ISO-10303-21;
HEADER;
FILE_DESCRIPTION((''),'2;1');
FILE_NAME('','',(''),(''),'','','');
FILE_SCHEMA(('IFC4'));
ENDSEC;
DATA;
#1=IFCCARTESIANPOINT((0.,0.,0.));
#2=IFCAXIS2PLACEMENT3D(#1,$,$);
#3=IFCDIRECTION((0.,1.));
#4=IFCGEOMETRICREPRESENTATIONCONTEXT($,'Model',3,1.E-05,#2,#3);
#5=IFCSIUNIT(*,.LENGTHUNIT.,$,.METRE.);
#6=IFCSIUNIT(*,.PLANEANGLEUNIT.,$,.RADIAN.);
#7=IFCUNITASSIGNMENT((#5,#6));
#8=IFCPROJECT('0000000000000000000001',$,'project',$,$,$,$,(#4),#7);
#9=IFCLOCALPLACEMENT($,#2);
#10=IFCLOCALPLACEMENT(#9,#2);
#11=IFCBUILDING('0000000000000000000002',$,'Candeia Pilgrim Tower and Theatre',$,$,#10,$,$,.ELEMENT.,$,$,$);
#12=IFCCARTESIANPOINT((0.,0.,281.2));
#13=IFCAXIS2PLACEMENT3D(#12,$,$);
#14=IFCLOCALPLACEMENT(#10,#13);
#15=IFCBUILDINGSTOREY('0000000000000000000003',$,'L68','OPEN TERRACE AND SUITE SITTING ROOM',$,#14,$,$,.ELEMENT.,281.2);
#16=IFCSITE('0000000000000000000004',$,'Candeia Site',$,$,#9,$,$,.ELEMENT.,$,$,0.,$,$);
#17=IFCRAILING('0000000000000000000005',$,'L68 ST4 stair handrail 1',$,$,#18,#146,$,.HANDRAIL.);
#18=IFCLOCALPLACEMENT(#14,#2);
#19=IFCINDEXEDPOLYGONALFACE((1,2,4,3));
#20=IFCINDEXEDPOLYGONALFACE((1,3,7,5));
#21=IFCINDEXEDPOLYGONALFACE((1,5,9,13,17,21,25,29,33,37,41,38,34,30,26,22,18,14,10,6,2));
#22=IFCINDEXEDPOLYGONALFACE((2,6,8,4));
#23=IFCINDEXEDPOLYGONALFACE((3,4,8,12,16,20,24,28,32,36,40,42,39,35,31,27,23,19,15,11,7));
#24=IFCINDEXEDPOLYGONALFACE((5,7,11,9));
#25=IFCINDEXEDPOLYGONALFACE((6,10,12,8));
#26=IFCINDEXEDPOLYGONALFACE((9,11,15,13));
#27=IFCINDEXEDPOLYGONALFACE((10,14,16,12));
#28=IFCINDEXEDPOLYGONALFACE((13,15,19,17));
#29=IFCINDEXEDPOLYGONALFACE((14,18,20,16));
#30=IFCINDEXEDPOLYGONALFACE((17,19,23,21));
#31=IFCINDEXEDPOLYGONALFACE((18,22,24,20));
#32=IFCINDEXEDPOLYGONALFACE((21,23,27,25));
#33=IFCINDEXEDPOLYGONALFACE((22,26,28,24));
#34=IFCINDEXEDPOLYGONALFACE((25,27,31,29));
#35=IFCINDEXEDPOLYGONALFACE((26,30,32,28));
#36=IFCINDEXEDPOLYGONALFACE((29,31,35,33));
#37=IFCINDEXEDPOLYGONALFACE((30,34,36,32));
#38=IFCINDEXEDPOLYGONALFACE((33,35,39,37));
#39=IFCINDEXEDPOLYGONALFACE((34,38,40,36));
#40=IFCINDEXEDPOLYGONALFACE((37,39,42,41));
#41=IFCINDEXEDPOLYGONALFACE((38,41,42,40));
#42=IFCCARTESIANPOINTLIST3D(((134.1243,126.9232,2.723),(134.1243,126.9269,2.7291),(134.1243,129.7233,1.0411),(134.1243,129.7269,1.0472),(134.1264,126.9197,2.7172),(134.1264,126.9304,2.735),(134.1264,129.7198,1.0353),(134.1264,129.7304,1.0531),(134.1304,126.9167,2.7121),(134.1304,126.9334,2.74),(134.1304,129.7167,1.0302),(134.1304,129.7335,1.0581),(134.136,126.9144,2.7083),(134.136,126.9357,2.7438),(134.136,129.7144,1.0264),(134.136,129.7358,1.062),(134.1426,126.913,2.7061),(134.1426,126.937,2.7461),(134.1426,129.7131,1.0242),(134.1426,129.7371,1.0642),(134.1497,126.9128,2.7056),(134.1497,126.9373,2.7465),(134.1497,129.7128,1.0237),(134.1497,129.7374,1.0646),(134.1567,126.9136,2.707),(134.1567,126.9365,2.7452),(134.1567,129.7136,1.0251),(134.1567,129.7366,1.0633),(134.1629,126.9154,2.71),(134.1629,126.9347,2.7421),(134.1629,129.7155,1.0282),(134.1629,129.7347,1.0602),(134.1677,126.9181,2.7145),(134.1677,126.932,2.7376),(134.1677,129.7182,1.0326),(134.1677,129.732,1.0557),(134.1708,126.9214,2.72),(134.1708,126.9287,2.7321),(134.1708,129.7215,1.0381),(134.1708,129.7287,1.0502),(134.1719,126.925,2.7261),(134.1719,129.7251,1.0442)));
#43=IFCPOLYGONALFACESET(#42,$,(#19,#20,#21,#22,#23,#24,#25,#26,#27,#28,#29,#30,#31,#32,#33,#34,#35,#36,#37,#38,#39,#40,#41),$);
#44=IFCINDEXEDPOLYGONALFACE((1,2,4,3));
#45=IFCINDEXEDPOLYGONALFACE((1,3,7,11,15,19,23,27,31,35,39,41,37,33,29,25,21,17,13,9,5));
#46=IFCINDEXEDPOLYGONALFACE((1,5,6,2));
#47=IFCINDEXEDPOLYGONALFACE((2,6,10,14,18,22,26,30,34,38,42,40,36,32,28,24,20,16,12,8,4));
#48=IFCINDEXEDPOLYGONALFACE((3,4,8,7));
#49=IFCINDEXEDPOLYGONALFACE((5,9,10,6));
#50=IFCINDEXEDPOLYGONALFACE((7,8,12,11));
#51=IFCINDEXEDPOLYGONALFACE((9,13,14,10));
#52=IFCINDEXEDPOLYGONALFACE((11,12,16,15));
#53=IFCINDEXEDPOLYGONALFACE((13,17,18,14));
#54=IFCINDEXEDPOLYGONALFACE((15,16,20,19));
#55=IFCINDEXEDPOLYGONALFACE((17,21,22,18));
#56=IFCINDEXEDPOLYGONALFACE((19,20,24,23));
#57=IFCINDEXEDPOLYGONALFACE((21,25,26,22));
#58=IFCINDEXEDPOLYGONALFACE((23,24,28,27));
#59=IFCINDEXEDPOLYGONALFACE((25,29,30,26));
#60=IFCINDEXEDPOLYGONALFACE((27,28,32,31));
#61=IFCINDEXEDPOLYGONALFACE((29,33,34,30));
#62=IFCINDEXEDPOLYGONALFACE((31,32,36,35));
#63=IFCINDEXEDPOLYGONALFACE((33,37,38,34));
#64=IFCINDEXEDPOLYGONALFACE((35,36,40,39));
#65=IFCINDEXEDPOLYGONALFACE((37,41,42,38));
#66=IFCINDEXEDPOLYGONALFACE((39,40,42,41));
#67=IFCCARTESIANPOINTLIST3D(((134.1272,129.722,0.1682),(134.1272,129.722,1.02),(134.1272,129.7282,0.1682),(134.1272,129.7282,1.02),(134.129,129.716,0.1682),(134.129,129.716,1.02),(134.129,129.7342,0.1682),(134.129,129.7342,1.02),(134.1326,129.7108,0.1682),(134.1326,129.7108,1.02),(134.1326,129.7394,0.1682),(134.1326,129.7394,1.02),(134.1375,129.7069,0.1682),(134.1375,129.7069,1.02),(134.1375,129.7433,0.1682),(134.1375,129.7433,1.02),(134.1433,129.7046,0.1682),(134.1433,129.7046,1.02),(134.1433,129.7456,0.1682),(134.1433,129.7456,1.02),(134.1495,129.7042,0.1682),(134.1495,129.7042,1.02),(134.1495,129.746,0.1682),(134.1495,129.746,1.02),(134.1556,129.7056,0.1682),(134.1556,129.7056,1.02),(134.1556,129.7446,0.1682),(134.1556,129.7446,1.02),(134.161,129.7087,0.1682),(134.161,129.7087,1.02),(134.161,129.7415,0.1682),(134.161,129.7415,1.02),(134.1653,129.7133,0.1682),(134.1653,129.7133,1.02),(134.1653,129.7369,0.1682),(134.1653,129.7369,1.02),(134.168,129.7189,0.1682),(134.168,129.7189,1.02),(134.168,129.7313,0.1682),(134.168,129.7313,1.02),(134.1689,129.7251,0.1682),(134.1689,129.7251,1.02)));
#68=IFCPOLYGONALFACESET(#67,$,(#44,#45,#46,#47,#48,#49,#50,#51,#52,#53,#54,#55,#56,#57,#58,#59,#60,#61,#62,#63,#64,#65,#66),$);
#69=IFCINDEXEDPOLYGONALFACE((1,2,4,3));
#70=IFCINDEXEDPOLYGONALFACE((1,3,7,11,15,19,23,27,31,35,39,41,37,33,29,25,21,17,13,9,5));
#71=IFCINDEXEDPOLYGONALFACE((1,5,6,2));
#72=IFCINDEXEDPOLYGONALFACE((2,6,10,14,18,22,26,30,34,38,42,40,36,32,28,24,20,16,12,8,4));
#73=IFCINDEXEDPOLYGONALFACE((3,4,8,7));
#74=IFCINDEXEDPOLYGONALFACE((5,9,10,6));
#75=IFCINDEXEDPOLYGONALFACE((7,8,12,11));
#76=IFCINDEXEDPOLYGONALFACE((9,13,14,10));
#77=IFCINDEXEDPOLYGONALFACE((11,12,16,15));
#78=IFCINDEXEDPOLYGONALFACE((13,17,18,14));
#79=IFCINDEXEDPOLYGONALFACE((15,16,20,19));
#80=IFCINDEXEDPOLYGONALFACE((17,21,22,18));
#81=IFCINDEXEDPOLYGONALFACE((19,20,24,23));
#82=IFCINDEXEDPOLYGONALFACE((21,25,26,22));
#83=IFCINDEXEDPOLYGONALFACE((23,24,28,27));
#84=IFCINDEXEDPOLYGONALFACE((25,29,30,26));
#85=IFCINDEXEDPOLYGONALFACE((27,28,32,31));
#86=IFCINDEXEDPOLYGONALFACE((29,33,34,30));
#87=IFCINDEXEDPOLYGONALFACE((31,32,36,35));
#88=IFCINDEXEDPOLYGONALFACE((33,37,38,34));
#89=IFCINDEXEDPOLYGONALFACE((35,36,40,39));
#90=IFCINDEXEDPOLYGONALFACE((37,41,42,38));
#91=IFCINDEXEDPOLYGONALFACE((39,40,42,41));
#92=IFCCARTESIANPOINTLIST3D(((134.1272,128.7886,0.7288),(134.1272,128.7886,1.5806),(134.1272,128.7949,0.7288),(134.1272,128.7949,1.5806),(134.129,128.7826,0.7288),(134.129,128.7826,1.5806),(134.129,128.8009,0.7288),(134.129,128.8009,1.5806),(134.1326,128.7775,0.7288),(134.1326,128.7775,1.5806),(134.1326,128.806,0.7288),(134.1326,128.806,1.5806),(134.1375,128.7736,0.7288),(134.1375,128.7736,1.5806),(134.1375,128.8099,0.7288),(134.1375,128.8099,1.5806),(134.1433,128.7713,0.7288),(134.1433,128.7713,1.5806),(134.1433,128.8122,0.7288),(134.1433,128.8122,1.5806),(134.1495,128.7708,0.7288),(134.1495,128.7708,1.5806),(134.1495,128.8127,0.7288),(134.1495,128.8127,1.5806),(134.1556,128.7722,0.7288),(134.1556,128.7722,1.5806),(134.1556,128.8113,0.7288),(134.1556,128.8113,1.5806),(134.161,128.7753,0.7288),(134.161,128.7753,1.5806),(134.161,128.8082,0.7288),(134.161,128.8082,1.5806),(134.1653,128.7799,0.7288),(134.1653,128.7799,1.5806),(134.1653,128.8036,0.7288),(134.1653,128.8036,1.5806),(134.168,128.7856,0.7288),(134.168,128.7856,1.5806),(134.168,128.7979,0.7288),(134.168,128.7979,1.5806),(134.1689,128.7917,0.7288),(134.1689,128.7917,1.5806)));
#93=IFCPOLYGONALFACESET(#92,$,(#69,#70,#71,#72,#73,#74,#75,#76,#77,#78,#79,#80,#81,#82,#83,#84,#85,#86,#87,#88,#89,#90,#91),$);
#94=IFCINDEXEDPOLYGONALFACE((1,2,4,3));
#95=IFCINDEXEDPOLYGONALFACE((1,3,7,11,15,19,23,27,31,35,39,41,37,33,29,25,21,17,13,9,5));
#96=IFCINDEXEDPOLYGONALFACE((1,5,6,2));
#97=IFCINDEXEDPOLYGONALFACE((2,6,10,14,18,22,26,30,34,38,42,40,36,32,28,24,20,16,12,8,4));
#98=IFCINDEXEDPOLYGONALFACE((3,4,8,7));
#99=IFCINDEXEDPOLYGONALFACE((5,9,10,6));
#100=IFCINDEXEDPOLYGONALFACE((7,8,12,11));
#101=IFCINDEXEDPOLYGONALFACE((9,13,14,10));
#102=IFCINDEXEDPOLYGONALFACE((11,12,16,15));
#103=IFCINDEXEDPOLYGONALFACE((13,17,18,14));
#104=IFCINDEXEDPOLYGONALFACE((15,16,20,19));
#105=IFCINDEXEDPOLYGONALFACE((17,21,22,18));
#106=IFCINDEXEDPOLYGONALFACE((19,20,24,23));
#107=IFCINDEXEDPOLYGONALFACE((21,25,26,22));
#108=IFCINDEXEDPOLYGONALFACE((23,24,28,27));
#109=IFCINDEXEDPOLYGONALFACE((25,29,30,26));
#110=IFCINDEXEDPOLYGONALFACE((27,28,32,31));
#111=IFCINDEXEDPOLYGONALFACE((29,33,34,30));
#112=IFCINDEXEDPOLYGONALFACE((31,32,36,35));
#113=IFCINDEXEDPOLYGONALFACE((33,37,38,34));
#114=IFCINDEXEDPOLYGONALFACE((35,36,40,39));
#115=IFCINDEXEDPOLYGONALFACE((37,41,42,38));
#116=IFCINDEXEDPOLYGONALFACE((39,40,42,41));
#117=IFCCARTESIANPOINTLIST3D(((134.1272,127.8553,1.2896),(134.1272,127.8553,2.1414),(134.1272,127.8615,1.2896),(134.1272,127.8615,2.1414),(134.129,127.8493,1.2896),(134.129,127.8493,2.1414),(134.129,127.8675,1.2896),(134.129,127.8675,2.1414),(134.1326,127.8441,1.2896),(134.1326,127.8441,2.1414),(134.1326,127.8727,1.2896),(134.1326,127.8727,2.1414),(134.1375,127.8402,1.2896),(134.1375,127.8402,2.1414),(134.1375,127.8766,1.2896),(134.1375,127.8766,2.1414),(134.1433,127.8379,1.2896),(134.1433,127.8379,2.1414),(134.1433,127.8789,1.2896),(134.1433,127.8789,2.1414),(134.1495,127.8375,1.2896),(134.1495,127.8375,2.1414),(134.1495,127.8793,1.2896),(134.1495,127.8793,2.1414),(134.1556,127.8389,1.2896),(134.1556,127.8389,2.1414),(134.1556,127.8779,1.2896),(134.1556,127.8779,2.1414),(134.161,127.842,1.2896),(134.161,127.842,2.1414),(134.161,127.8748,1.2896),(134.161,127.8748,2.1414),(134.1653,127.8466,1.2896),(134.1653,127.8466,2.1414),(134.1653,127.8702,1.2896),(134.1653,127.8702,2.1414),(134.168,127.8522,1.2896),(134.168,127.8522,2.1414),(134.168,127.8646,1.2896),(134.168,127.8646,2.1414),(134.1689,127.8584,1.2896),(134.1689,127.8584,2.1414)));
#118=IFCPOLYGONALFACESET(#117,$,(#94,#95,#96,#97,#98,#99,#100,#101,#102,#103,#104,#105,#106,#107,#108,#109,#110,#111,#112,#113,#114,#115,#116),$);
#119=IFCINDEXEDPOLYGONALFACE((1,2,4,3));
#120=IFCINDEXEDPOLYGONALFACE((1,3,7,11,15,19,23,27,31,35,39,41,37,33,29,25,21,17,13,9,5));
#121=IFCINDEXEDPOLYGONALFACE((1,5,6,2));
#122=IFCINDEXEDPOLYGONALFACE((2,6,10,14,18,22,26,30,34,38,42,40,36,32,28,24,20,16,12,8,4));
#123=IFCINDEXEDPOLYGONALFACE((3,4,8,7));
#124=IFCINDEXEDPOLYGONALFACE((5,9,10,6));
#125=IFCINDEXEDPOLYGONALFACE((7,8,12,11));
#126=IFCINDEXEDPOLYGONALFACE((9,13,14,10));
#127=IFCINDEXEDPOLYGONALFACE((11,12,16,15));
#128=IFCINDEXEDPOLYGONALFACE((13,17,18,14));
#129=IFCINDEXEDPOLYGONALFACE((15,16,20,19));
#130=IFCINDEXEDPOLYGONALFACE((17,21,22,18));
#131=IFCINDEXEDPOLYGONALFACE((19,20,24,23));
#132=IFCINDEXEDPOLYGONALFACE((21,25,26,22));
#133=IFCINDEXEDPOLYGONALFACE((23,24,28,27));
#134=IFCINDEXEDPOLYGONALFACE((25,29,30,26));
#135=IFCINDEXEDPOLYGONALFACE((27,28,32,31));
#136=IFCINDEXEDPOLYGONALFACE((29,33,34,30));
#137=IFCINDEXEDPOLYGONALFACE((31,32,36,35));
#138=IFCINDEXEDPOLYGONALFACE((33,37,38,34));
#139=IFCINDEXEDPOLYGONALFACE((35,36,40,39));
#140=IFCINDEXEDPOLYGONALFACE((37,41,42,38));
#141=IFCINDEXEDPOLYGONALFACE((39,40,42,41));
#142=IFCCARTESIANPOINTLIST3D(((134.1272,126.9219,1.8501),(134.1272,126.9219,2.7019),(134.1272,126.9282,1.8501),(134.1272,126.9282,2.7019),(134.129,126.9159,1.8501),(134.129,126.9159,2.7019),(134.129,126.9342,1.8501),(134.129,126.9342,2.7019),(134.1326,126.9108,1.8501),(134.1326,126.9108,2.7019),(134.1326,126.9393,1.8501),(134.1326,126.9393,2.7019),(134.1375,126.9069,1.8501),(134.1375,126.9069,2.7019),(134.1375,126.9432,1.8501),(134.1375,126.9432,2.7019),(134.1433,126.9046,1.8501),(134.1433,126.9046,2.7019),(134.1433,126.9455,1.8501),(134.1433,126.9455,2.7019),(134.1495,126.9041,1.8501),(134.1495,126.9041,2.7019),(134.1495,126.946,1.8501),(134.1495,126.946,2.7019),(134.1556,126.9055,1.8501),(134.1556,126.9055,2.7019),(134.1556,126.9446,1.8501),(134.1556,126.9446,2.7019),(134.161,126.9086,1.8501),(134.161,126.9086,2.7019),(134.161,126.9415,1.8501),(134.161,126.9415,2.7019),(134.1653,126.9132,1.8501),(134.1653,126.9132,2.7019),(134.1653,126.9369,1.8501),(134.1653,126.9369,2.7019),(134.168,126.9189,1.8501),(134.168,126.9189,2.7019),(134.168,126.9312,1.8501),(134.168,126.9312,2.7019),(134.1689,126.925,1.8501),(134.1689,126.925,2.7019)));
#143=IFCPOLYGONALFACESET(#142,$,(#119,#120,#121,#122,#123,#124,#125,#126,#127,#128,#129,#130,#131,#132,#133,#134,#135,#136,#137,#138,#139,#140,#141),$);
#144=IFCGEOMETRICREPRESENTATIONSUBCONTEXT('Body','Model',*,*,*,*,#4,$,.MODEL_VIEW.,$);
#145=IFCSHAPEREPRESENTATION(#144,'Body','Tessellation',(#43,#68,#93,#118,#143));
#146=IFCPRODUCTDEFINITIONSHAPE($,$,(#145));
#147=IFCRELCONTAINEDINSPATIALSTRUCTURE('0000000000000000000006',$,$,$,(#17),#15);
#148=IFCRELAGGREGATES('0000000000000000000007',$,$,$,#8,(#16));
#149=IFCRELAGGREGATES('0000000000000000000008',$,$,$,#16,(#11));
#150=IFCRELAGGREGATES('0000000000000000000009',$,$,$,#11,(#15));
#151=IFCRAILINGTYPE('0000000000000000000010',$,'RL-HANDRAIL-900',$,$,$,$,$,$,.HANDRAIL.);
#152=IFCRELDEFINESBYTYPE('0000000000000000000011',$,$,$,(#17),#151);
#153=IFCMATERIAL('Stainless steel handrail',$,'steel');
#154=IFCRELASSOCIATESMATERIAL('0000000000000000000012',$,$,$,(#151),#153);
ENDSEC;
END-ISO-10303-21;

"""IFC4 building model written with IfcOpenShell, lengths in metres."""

from ifc_helpers import new_model, si_unit, direction, frame, origin, origin_2d, place, context, subcontext, project, spatial, circle, extrude, material, type_object, element, save


model = new_model("IFC4")

# Units and contexts
model_context = context("Model", 3, precision=1e-05, world=origin(), true_north=direction((0.0, 1.0)))
body_context = subcontext(model_context, "Body", "Model", "MODEL_VIEW")
ifc_project = project(units=[si_unit("LENGTHUNIT", "METRE"), si_unit("PLANEANGLEUNIT", "RADIAN")], contexts=[model_context])

# Site, building, storey
site_placement = place(None, origin())
site = spatial("IfcSite", under=ifc_project, at=site_placement, Name="Candeia Site", CompositionType="ELEMENT", RefElevation=0.0)
building_placement = place(site_placement, origin())
building = spatial("IfcBuilding", under=site, at=building_placement, Name="Candeia Pilgrim Tower and Theatre", CompositionType="ELEMENT")
storey_placement = place(building_placement, frame((0.0, 0.0, 281.2)))
storey = spatial("IfcBuildingStorey", under=building, at=storey_placement, Name="L68", Description="OPEN TERRACE AND SUITE SITTING ROOM", CompositionType="ELEMENT", Elevation=281.2)

# Railing
ifc_material_1 = material(Name="Stainless steel handrail", Category="steel")
railing_type_1 = type_object("IfcRailingType", Name="RL-HANDRAIL-900", PredefinedType="HANDRAIL", material=ifc_material_1)
railing_1_placement = place(storey_placement, frame((134.1479, 129.7251, 0.1682)))
element("IfcRailing", 1, at=railing_1_placement, inside=storey, type_object=railing_type_1, Name="L68 ST4 stair handrail 1", PredefinedType="HANDRAIL", context=body_context, shape_type="SweptSolid", body=[
    extrude(circle(Radius=0.0239, at=origin_2d()), frame((0.0, 0.0, 0.876), z_axis=(0.0, -0.857242, 0.514913), x_axis=(1.0, 0.0, 0.0)), (0.0, 0.0, 1.0), 3.2664),
    extrude(circle(Radius=0.021, at=origin_2d()), origin(), (0.0, 0.0, 1.0), 0.8518),
    extrude(circle(Radius=0.021, at=origin_2d()), frame((0.0, -0.9333, 0.5605)), (0.0, 0.0, 1.0), 0.8518),
    extrude(circle(Radius=0.021, at=origin_2d()), frame((0.0, -1.8667, 1.1213)), (0.0, 0.0, 1.0), 0.8518),
    extrude(circle(Radius=0.021, at=origin_2d()), frame((0.0, -2.8, 1.6819)), (0.0, 0.0, 1.0), 0.8518),
])

save(model, "model.ifc")
